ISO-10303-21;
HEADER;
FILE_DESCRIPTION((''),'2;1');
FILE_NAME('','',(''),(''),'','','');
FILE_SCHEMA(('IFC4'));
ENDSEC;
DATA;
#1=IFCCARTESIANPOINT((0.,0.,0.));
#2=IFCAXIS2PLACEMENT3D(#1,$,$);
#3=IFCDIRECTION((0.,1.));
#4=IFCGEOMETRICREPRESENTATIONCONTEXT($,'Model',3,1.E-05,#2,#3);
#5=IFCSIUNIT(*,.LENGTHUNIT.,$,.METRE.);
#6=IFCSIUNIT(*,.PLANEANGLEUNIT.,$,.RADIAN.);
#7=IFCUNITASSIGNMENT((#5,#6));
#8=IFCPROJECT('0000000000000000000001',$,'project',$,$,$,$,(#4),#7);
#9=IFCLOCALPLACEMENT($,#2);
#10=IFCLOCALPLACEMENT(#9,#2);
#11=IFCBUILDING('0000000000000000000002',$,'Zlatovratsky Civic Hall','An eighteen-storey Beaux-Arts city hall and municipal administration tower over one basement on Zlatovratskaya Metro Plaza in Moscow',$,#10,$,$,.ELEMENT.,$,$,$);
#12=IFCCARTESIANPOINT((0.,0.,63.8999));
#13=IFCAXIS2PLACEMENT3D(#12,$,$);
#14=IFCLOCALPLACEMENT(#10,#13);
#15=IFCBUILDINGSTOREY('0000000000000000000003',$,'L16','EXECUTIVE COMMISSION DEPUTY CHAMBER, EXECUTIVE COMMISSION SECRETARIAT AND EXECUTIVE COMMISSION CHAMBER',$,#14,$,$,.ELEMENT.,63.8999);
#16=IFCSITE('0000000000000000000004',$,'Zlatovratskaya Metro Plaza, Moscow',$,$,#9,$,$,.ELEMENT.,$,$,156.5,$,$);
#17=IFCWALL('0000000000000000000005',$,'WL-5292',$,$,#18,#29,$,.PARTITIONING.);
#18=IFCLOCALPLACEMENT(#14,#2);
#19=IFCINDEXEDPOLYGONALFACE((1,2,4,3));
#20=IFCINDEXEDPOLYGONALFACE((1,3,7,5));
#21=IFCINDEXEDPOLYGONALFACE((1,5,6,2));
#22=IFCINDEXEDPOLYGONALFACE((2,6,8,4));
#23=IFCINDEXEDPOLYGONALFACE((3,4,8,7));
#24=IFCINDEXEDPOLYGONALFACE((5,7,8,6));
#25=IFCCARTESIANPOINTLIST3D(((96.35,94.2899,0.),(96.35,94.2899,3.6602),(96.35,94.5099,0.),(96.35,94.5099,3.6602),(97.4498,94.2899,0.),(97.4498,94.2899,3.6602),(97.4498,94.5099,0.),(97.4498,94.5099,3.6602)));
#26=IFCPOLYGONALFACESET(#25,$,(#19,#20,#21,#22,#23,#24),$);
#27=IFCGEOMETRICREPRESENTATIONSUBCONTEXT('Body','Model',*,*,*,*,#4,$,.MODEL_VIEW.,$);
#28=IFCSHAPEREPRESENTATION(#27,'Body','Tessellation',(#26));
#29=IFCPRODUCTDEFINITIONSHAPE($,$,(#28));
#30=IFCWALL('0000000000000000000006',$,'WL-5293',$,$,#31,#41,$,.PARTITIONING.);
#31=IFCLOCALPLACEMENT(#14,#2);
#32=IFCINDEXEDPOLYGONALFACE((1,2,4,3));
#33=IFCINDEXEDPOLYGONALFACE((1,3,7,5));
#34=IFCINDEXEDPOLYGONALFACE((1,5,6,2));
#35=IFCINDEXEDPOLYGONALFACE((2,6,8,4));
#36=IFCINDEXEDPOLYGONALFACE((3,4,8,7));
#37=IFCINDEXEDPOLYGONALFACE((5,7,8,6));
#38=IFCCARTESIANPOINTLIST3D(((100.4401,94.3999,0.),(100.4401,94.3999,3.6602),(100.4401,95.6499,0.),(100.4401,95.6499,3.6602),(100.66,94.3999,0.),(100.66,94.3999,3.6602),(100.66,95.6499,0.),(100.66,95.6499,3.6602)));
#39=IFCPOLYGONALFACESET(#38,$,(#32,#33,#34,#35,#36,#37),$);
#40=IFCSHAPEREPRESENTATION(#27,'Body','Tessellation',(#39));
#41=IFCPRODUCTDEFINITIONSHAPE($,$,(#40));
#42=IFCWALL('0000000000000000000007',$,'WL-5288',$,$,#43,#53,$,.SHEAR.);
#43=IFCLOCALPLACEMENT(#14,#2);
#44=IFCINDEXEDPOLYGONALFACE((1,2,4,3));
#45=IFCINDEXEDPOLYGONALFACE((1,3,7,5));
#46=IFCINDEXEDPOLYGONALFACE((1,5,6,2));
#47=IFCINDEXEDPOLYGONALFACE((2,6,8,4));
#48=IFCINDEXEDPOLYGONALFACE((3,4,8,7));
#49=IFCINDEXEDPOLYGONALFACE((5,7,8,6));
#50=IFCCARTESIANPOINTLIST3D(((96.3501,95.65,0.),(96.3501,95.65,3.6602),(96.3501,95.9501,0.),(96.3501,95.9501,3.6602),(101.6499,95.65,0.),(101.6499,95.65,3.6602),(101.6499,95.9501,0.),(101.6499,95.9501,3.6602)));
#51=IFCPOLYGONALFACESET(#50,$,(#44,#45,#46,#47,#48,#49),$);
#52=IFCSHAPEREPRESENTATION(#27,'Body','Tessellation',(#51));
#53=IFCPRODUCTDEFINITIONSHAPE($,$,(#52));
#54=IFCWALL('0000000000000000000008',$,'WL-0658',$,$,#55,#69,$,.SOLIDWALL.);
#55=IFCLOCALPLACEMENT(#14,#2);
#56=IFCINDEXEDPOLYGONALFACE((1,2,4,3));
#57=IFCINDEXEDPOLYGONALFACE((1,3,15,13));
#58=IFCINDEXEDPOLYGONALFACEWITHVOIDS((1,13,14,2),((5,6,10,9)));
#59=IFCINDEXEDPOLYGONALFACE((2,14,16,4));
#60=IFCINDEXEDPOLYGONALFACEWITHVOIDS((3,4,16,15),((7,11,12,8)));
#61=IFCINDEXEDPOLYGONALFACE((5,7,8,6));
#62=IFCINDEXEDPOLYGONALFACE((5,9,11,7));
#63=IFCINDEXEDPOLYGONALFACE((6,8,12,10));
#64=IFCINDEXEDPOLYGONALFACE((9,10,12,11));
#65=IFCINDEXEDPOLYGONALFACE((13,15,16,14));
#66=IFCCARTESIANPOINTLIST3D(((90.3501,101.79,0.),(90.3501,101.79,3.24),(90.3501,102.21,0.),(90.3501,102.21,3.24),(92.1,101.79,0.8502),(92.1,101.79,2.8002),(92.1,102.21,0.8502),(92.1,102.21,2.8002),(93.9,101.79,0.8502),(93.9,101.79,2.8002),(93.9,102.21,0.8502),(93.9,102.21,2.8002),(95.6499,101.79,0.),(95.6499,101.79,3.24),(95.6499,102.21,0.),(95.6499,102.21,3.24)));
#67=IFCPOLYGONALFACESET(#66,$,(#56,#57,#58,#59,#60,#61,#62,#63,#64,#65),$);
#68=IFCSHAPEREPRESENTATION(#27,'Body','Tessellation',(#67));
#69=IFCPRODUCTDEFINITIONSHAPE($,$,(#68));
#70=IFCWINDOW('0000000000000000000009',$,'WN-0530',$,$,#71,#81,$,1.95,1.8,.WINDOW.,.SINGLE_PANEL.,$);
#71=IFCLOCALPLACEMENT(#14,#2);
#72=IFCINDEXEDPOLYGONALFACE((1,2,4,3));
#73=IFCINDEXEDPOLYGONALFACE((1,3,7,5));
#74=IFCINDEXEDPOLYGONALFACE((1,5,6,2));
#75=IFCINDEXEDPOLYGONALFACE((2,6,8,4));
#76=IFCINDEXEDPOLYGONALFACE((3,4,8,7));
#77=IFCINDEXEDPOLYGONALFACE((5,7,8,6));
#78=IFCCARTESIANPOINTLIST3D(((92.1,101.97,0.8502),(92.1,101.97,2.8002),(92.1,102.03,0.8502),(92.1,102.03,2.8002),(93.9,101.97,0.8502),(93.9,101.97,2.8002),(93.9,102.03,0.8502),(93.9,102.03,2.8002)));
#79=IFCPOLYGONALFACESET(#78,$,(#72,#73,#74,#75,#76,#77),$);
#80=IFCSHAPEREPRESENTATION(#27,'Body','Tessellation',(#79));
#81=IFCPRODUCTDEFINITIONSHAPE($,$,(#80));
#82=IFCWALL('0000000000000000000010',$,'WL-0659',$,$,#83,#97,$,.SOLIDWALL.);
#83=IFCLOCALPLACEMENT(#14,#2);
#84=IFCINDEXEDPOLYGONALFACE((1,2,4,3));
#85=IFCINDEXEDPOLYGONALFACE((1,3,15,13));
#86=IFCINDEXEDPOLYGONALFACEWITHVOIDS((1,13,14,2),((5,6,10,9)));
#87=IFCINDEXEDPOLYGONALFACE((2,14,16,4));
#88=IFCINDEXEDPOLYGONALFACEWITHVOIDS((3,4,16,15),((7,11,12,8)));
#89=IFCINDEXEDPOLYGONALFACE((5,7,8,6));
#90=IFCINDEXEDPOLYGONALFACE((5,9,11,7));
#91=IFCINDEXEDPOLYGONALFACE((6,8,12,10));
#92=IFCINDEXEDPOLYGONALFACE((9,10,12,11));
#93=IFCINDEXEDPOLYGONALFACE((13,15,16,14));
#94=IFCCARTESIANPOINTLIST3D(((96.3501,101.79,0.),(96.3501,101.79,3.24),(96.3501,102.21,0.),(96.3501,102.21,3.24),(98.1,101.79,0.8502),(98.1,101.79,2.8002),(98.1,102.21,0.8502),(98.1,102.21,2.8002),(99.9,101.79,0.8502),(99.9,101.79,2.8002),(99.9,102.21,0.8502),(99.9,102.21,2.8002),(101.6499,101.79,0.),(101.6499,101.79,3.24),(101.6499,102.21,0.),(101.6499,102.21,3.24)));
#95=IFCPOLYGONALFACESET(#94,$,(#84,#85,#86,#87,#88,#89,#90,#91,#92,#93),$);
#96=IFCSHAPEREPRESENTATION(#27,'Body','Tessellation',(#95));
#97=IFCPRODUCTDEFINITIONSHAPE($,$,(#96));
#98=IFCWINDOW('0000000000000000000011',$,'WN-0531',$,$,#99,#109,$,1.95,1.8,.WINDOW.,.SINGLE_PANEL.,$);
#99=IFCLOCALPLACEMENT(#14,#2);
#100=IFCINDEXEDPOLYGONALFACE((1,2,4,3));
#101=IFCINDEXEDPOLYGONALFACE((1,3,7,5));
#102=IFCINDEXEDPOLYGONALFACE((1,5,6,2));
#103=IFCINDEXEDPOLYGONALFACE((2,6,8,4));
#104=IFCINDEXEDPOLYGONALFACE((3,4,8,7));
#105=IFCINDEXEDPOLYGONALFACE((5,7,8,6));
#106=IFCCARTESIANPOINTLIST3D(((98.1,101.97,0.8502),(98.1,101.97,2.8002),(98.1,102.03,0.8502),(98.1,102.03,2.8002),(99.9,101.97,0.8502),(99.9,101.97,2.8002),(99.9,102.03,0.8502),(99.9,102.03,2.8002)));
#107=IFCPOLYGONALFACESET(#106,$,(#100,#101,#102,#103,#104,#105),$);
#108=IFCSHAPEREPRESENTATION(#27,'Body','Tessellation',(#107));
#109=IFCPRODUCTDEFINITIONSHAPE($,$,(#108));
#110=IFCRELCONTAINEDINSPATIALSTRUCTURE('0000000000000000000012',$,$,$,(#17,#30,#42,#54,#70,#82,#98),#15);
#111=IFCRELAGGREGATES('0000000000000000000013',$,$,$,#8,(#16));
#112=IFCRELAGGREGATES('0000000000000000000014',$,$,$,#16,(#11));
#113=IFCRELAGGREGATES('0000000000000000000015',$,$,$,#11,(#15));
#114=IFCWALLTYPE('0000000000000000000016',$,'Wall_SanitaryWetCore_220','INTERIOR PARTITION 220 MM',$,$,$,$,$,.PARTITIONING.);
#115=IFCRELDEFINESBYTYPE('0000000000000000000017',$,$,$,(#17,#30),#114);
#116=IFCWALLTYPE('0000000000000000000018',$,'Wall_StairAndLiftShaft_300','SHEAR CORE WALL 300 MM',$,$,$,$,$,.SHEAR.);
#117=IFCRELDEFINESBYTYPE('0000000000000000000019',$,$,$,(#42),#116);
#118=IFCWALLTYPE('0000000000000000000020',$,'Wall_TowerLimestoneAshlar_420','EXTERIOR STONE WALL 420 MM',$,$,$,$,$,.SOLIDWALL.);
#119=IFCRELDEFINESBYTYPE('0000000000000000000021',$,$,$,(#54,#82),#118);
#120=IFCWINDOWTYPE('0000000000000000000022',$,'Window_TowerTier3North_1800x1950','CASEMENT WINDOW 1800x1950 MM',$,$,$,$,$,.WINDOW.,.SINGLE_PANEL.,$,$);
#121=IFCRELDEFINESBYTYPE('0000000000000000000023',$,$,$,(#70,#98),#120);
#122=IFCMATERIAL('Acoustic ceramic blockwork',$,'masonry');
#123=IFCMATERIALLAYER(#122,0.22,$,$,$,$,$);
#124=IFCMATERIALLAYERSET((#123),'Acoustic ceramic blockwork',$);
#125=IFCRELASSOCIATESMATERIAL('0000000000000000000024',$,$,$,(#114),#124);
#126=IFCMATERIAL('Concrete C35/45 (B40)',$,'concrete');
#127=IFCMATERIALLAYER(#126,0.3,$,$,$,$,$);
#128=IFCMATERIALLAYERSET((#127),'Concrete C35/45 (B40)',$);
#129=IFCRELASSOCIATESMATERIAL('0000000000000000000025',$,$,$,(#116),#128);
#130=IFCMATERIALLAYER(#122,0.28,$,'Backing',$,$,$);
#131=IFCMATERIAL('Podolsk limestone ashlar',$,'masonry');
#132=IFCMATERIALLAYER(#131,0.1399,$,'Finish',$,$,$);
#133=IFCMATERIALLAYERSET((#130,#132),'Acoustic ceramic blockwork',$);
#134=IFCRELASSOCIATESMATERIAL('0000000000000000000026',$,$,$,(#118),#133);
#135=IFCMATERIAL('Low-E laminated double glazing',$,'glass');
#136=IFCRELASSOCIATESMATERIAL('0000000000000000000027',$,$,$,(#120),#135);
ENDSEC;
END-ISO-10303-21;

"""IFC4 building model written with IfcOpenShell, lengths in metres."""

from ifc_helpers import new_model, si_unit, direction, frame, frame_2d, origin, place, context, subcontext, project, spatial, rectangle, extrude, material, layer, layer_set, type_object, element, fill, save


model = new_model("IFC4")

# Units and contexts
model_context = context("Model", 3, precision=1e-05, world=origin(), true_north=direction((0.0, 1.0)))
body_context = subcontext(model_context, "Body", "Model", "MODEL_VIEW")
ifc_project = project(units=[si_unit("LENGTHUNIT", "METRE"), si_unit("PLANEANGLEUNIT", "RADIAN")], contexts=[model_context])

# Site, building, storey
site_placement = place(None, origin())
site = spatial("IfcSite", under=ifc_project, at=site_placement, Name="Zlatovratskaya Metro Plaza, Moscow", CompositionType="ELEMENT", RefElevation=156.5)
building_placement = place(site_placement, origin())
building = spatial("IfcBuilding", under=site, at=building_placement, Name="Zlatovratsky Civic Hall", Description="An eighteen-storey Beaux-Arts city hall and municipal administration tower over one basement on Zlatovratskaya Metro Plaza in Moscow", CompositionType="ELEMENT")
storey_placement = place(building_placement, frame((0.0, 0.0, 63.8999)))
storey = spatial("IfcBuildingStorey", under=building, at=storey_placement, Name="L16", Description="EXECUTIVE COMMISSION DEPUTY CHAMBER, EXECUTIVE COMMISSION SECRETARIAT AND EXECUTIVE COMMISSION CHAMBER", CompositionType="ELEMENT", Elevation=63.8999)

# Shared definitions
ifc_material_1 = material(Name="Concrete C35/45 (B40)", Category="concrete")

# Shared definitions
ifc_material_2 = material(Name="Acoustic ceramic blockwork", Category="masonry")

# Walls
ifc_layer_1 = layer(ifc_material_2, 0.22)
ifc_layer_set_1 = layer_set([ifc_layer_1], Name="Acoustic ceramic blockwork")
wall_type_1 = type_object("IfcWallType", Name="Wall_SanitaryWetCore_220", Description="INTERIOR PARTITION 220 MM", PredefinedType="PARTITIONING", material=ifc_layer_set_1)
wall_1_placement = place(storey_placement, frame((96.3501, 94.3999, 0.0), z_axis=(0.0, 0.0, 1.0), x_axis=(1.0, 0.0, 0.0)))
element("IfcWall", 1, at=wall_1_placement, inside=storey, type_object=wall_type_1, Name="WL-5292", PredefinedType="PARTITIONING", context=body_context, shape_type="SweptSolid", body=[
    extrude(rectangle(XDim=1.0999, YDim=0.22, at=frame_2d((0.5498, 0.0))), origin(), (0.0, 0.0, 1.0), 3.6602),
])
wall_2_placement = place(storey_placement, frame((100.55, 94.3999, 0.0), z_axis=(0.0, 0.0, 1.0), x_axis=(0.0, 1.0, 0.0)))
element("IfcWall", 2, at=wall_2_placement, inside=storey, type_object=wall_type_1, Name="WL-5293", PredefinedType="PARTITIONING", context=body_context, shape_type="SweptSolid", body=[
    extrude(rectangle(XDim=1.25, YDim=0.22, at=frame_2d((0.625, 0.0))), origin(), (0.0, 0.0, 1.0), 3.6602),
])
ifc_layer_2 = layer(ifc_material_1, 0.3)
ifc_layer_set_2 = layer_set([ifc_layer_2], Name="Concrete C35/45 (B40)")
wall_type_2 = type_object("IfcWallType", Name="Wall_StairAndLiftShaft_300", Description="SHEAR CORE WALL 300 MM", PredefinedType="SHEAR", material=ifc_layer_set_2)
wall_3_placement = place(storey_placement, frame((96.3501, 95.8, 0.0), z_axis=(0.0, 0.0, 1.0), x_axis=(1.0, 0.0, 0.0)))
element("IfcWall", 3, at=wall_3_placement, inside=storey, type_object=wall_type_2, Name="WL-5288", PredefinedType="SHEAR", context=body_context, shape_type="SweptSolid", body=[
    extrude(rectangle(XDim=5.2998, YDim=0.3, at=frame_2d((2.6499, 0.0))), origin(), (0.0, 0.0, 1.0), 3.6602),
])

# Walls, openings, windows
ifc_layer_3 = layer(ifc_material_2, 0.28, Name="Backing")
ifc_material_3 = material(Name="Podolsk limestone ashlar", Category="masonry")
ifc_layer_4 = layer(ifc_material_3, 0.1399, Name="Finish")
ifc_layer_set_3 = layer_set([ifc_layer_3, ifc_layer_4], Name="Acoustic ceramic blockwork")
wall_type_3 = type_object("IfcWallType", Name="Wall_TowerLimestoneAshlar_420", Description="EXTERIOR STONE WALL 420 MM", PredefinedType="SOLIDWALL", material=ifc_layer_set_3)
wall_4_placement = place(storey_placement, frame((90.3501, 102.0, 0.0), z_axis=(0.0, 0.0, 1.0), x_axis=(1.0, 0.0, 0.0)))
wall_4 = element("IfcWall", 4, at=wall_4_placement, inside=storey, type_object=wall_type_3, Name="WL-0658", PredefinedType="SOLIDWALL", context=body_context, shape_type="SweptSolid", body=[
    extrude(rectangle(XDim=5.2998, YDim=0.4199, at=frame_2d((2.6499, 0.0))), origin(), (0.0, 0.0, 1.0), 3.24),
])
opening_1_placement = place(wall_4_placement, frame((1.75, 0.0, 0.8501)))
opening_1 = element("IfcOpeningElement", 5, at=opening_1_placement, cuts=wall_4, PredefinedType="OPENING", context=body_context, shape_type="SweptSolid", body=[
    extrude(rectangle(XDim=1.8, YDim=1.95, at=frame_2d((0.8999, 0.9751))), frame((0.0, 0.2249, 0.0), z_axis=(0.0, -1.0, 0.0), x_axis=(1.0, 0.0, 0.0)), (0.0, 0.0, 1.0), 0.4497),
])
ifc_material_4 = material(Name="Low-E laminated double glazing", Category="glass")
window_type = type_object("IfcWindowType", Name="Window_TowerTier3North_1800x1950", Description="CASEMENT WINDOW 1800x1950 MM", PartitioningType="SINGLE_PANEL", PredefinedType="WINDOW", material=ifc_material_4)
window_1_placement = place(opening_1_placement, origin())
window_1 = element("IfcWindow", 6, at=window_1_placement, inside=storey, type_object=window_type, Name="WN-0530", OverallHeight=1.95, OverallWidth=1.8, PartitioningType="SINGLE_PANEL", PredefinedType="WINDOW", context=body_context, shape_type="SweptSolid", body=[
    extrude(rectangle(XDim=1.8, YDim=1.95, at=frame_2d((0.8999, 0.9751))), frame((0.0, 0.03, 0.0), z_axis=(0.0, -1.0, 0.0), x_axis=(1.0, 0.0, 0.0)), (0.0, 0.0, 1.0), 0.0601),
])
fill(opening_1, window_1)
wall_5_placement = place(storey_placement, frame((96.3501, 102.0, 0.0), z_axis=(0.0, 0.0, 1.0), x_axis=(1.0, 0.0, 0.0)))
wall_5 = element("IfcWall", 7, at=wall_5_placement, inside=storey, type_object=wall_type_3, Name="WL-0659", PredefinedType="SOLIDWALL", context=body_context, shape_type="SweptSolid", body=[
    extrude(rectangle(XDim=5.2998, YDim=0.4199, at=frame_2d((2.6499, 0.0))), origin(), (0.0, 0.0, 1.0), 3.24),
])
opening_2_placement = place(wall_5_placement, frame((1.75, 0.0, 0.8501)))
opening_2 = element("IfcOpeningElement", 8, at=opening_2_placement, cuts=wall_5, PredefinedType="OPENING", context=body_context, shape_type="SweptSolid", body=[
    extrude(rectangle(XDim=1.8, YDim=1.95, at=frame_2d((0.8999, 0.9751))), frame((0.0, 0.2249, 0.0), z_axis=(0.0, -1.0, 0.0), x_axis=(1.0, 0.0, 0.0)), (0.0, 0.0, 1.0), 0.4497),
])
window_2_placement = place(opening_2_placement, origin())
window_2 = element("IfcWindow", 9, at=window_2_placement, inside=storey, type_object=window_type, Name="WN-0531", OverallHeight=1.95, OverallWidth=1.8, PartitioningType="SINGLE_PANEL", PredefinedType="WINDOW", context=body_context, shape_type="SweptSolid", body=[
    extrude(rectangle(XDim=1.8, YDim=1.95, at=frame_2d((0.8999, 0.9751))), frame((0.0, 0.03, 0.0), z_axis=(0.0, -1.0, 0.0), x_axis=(1.0, 0.0, 0.0)), (0.0, 0.0, 1.0), 0.0601),
])
fill(opening_2, window_2)

save(model, "model.ifc")
